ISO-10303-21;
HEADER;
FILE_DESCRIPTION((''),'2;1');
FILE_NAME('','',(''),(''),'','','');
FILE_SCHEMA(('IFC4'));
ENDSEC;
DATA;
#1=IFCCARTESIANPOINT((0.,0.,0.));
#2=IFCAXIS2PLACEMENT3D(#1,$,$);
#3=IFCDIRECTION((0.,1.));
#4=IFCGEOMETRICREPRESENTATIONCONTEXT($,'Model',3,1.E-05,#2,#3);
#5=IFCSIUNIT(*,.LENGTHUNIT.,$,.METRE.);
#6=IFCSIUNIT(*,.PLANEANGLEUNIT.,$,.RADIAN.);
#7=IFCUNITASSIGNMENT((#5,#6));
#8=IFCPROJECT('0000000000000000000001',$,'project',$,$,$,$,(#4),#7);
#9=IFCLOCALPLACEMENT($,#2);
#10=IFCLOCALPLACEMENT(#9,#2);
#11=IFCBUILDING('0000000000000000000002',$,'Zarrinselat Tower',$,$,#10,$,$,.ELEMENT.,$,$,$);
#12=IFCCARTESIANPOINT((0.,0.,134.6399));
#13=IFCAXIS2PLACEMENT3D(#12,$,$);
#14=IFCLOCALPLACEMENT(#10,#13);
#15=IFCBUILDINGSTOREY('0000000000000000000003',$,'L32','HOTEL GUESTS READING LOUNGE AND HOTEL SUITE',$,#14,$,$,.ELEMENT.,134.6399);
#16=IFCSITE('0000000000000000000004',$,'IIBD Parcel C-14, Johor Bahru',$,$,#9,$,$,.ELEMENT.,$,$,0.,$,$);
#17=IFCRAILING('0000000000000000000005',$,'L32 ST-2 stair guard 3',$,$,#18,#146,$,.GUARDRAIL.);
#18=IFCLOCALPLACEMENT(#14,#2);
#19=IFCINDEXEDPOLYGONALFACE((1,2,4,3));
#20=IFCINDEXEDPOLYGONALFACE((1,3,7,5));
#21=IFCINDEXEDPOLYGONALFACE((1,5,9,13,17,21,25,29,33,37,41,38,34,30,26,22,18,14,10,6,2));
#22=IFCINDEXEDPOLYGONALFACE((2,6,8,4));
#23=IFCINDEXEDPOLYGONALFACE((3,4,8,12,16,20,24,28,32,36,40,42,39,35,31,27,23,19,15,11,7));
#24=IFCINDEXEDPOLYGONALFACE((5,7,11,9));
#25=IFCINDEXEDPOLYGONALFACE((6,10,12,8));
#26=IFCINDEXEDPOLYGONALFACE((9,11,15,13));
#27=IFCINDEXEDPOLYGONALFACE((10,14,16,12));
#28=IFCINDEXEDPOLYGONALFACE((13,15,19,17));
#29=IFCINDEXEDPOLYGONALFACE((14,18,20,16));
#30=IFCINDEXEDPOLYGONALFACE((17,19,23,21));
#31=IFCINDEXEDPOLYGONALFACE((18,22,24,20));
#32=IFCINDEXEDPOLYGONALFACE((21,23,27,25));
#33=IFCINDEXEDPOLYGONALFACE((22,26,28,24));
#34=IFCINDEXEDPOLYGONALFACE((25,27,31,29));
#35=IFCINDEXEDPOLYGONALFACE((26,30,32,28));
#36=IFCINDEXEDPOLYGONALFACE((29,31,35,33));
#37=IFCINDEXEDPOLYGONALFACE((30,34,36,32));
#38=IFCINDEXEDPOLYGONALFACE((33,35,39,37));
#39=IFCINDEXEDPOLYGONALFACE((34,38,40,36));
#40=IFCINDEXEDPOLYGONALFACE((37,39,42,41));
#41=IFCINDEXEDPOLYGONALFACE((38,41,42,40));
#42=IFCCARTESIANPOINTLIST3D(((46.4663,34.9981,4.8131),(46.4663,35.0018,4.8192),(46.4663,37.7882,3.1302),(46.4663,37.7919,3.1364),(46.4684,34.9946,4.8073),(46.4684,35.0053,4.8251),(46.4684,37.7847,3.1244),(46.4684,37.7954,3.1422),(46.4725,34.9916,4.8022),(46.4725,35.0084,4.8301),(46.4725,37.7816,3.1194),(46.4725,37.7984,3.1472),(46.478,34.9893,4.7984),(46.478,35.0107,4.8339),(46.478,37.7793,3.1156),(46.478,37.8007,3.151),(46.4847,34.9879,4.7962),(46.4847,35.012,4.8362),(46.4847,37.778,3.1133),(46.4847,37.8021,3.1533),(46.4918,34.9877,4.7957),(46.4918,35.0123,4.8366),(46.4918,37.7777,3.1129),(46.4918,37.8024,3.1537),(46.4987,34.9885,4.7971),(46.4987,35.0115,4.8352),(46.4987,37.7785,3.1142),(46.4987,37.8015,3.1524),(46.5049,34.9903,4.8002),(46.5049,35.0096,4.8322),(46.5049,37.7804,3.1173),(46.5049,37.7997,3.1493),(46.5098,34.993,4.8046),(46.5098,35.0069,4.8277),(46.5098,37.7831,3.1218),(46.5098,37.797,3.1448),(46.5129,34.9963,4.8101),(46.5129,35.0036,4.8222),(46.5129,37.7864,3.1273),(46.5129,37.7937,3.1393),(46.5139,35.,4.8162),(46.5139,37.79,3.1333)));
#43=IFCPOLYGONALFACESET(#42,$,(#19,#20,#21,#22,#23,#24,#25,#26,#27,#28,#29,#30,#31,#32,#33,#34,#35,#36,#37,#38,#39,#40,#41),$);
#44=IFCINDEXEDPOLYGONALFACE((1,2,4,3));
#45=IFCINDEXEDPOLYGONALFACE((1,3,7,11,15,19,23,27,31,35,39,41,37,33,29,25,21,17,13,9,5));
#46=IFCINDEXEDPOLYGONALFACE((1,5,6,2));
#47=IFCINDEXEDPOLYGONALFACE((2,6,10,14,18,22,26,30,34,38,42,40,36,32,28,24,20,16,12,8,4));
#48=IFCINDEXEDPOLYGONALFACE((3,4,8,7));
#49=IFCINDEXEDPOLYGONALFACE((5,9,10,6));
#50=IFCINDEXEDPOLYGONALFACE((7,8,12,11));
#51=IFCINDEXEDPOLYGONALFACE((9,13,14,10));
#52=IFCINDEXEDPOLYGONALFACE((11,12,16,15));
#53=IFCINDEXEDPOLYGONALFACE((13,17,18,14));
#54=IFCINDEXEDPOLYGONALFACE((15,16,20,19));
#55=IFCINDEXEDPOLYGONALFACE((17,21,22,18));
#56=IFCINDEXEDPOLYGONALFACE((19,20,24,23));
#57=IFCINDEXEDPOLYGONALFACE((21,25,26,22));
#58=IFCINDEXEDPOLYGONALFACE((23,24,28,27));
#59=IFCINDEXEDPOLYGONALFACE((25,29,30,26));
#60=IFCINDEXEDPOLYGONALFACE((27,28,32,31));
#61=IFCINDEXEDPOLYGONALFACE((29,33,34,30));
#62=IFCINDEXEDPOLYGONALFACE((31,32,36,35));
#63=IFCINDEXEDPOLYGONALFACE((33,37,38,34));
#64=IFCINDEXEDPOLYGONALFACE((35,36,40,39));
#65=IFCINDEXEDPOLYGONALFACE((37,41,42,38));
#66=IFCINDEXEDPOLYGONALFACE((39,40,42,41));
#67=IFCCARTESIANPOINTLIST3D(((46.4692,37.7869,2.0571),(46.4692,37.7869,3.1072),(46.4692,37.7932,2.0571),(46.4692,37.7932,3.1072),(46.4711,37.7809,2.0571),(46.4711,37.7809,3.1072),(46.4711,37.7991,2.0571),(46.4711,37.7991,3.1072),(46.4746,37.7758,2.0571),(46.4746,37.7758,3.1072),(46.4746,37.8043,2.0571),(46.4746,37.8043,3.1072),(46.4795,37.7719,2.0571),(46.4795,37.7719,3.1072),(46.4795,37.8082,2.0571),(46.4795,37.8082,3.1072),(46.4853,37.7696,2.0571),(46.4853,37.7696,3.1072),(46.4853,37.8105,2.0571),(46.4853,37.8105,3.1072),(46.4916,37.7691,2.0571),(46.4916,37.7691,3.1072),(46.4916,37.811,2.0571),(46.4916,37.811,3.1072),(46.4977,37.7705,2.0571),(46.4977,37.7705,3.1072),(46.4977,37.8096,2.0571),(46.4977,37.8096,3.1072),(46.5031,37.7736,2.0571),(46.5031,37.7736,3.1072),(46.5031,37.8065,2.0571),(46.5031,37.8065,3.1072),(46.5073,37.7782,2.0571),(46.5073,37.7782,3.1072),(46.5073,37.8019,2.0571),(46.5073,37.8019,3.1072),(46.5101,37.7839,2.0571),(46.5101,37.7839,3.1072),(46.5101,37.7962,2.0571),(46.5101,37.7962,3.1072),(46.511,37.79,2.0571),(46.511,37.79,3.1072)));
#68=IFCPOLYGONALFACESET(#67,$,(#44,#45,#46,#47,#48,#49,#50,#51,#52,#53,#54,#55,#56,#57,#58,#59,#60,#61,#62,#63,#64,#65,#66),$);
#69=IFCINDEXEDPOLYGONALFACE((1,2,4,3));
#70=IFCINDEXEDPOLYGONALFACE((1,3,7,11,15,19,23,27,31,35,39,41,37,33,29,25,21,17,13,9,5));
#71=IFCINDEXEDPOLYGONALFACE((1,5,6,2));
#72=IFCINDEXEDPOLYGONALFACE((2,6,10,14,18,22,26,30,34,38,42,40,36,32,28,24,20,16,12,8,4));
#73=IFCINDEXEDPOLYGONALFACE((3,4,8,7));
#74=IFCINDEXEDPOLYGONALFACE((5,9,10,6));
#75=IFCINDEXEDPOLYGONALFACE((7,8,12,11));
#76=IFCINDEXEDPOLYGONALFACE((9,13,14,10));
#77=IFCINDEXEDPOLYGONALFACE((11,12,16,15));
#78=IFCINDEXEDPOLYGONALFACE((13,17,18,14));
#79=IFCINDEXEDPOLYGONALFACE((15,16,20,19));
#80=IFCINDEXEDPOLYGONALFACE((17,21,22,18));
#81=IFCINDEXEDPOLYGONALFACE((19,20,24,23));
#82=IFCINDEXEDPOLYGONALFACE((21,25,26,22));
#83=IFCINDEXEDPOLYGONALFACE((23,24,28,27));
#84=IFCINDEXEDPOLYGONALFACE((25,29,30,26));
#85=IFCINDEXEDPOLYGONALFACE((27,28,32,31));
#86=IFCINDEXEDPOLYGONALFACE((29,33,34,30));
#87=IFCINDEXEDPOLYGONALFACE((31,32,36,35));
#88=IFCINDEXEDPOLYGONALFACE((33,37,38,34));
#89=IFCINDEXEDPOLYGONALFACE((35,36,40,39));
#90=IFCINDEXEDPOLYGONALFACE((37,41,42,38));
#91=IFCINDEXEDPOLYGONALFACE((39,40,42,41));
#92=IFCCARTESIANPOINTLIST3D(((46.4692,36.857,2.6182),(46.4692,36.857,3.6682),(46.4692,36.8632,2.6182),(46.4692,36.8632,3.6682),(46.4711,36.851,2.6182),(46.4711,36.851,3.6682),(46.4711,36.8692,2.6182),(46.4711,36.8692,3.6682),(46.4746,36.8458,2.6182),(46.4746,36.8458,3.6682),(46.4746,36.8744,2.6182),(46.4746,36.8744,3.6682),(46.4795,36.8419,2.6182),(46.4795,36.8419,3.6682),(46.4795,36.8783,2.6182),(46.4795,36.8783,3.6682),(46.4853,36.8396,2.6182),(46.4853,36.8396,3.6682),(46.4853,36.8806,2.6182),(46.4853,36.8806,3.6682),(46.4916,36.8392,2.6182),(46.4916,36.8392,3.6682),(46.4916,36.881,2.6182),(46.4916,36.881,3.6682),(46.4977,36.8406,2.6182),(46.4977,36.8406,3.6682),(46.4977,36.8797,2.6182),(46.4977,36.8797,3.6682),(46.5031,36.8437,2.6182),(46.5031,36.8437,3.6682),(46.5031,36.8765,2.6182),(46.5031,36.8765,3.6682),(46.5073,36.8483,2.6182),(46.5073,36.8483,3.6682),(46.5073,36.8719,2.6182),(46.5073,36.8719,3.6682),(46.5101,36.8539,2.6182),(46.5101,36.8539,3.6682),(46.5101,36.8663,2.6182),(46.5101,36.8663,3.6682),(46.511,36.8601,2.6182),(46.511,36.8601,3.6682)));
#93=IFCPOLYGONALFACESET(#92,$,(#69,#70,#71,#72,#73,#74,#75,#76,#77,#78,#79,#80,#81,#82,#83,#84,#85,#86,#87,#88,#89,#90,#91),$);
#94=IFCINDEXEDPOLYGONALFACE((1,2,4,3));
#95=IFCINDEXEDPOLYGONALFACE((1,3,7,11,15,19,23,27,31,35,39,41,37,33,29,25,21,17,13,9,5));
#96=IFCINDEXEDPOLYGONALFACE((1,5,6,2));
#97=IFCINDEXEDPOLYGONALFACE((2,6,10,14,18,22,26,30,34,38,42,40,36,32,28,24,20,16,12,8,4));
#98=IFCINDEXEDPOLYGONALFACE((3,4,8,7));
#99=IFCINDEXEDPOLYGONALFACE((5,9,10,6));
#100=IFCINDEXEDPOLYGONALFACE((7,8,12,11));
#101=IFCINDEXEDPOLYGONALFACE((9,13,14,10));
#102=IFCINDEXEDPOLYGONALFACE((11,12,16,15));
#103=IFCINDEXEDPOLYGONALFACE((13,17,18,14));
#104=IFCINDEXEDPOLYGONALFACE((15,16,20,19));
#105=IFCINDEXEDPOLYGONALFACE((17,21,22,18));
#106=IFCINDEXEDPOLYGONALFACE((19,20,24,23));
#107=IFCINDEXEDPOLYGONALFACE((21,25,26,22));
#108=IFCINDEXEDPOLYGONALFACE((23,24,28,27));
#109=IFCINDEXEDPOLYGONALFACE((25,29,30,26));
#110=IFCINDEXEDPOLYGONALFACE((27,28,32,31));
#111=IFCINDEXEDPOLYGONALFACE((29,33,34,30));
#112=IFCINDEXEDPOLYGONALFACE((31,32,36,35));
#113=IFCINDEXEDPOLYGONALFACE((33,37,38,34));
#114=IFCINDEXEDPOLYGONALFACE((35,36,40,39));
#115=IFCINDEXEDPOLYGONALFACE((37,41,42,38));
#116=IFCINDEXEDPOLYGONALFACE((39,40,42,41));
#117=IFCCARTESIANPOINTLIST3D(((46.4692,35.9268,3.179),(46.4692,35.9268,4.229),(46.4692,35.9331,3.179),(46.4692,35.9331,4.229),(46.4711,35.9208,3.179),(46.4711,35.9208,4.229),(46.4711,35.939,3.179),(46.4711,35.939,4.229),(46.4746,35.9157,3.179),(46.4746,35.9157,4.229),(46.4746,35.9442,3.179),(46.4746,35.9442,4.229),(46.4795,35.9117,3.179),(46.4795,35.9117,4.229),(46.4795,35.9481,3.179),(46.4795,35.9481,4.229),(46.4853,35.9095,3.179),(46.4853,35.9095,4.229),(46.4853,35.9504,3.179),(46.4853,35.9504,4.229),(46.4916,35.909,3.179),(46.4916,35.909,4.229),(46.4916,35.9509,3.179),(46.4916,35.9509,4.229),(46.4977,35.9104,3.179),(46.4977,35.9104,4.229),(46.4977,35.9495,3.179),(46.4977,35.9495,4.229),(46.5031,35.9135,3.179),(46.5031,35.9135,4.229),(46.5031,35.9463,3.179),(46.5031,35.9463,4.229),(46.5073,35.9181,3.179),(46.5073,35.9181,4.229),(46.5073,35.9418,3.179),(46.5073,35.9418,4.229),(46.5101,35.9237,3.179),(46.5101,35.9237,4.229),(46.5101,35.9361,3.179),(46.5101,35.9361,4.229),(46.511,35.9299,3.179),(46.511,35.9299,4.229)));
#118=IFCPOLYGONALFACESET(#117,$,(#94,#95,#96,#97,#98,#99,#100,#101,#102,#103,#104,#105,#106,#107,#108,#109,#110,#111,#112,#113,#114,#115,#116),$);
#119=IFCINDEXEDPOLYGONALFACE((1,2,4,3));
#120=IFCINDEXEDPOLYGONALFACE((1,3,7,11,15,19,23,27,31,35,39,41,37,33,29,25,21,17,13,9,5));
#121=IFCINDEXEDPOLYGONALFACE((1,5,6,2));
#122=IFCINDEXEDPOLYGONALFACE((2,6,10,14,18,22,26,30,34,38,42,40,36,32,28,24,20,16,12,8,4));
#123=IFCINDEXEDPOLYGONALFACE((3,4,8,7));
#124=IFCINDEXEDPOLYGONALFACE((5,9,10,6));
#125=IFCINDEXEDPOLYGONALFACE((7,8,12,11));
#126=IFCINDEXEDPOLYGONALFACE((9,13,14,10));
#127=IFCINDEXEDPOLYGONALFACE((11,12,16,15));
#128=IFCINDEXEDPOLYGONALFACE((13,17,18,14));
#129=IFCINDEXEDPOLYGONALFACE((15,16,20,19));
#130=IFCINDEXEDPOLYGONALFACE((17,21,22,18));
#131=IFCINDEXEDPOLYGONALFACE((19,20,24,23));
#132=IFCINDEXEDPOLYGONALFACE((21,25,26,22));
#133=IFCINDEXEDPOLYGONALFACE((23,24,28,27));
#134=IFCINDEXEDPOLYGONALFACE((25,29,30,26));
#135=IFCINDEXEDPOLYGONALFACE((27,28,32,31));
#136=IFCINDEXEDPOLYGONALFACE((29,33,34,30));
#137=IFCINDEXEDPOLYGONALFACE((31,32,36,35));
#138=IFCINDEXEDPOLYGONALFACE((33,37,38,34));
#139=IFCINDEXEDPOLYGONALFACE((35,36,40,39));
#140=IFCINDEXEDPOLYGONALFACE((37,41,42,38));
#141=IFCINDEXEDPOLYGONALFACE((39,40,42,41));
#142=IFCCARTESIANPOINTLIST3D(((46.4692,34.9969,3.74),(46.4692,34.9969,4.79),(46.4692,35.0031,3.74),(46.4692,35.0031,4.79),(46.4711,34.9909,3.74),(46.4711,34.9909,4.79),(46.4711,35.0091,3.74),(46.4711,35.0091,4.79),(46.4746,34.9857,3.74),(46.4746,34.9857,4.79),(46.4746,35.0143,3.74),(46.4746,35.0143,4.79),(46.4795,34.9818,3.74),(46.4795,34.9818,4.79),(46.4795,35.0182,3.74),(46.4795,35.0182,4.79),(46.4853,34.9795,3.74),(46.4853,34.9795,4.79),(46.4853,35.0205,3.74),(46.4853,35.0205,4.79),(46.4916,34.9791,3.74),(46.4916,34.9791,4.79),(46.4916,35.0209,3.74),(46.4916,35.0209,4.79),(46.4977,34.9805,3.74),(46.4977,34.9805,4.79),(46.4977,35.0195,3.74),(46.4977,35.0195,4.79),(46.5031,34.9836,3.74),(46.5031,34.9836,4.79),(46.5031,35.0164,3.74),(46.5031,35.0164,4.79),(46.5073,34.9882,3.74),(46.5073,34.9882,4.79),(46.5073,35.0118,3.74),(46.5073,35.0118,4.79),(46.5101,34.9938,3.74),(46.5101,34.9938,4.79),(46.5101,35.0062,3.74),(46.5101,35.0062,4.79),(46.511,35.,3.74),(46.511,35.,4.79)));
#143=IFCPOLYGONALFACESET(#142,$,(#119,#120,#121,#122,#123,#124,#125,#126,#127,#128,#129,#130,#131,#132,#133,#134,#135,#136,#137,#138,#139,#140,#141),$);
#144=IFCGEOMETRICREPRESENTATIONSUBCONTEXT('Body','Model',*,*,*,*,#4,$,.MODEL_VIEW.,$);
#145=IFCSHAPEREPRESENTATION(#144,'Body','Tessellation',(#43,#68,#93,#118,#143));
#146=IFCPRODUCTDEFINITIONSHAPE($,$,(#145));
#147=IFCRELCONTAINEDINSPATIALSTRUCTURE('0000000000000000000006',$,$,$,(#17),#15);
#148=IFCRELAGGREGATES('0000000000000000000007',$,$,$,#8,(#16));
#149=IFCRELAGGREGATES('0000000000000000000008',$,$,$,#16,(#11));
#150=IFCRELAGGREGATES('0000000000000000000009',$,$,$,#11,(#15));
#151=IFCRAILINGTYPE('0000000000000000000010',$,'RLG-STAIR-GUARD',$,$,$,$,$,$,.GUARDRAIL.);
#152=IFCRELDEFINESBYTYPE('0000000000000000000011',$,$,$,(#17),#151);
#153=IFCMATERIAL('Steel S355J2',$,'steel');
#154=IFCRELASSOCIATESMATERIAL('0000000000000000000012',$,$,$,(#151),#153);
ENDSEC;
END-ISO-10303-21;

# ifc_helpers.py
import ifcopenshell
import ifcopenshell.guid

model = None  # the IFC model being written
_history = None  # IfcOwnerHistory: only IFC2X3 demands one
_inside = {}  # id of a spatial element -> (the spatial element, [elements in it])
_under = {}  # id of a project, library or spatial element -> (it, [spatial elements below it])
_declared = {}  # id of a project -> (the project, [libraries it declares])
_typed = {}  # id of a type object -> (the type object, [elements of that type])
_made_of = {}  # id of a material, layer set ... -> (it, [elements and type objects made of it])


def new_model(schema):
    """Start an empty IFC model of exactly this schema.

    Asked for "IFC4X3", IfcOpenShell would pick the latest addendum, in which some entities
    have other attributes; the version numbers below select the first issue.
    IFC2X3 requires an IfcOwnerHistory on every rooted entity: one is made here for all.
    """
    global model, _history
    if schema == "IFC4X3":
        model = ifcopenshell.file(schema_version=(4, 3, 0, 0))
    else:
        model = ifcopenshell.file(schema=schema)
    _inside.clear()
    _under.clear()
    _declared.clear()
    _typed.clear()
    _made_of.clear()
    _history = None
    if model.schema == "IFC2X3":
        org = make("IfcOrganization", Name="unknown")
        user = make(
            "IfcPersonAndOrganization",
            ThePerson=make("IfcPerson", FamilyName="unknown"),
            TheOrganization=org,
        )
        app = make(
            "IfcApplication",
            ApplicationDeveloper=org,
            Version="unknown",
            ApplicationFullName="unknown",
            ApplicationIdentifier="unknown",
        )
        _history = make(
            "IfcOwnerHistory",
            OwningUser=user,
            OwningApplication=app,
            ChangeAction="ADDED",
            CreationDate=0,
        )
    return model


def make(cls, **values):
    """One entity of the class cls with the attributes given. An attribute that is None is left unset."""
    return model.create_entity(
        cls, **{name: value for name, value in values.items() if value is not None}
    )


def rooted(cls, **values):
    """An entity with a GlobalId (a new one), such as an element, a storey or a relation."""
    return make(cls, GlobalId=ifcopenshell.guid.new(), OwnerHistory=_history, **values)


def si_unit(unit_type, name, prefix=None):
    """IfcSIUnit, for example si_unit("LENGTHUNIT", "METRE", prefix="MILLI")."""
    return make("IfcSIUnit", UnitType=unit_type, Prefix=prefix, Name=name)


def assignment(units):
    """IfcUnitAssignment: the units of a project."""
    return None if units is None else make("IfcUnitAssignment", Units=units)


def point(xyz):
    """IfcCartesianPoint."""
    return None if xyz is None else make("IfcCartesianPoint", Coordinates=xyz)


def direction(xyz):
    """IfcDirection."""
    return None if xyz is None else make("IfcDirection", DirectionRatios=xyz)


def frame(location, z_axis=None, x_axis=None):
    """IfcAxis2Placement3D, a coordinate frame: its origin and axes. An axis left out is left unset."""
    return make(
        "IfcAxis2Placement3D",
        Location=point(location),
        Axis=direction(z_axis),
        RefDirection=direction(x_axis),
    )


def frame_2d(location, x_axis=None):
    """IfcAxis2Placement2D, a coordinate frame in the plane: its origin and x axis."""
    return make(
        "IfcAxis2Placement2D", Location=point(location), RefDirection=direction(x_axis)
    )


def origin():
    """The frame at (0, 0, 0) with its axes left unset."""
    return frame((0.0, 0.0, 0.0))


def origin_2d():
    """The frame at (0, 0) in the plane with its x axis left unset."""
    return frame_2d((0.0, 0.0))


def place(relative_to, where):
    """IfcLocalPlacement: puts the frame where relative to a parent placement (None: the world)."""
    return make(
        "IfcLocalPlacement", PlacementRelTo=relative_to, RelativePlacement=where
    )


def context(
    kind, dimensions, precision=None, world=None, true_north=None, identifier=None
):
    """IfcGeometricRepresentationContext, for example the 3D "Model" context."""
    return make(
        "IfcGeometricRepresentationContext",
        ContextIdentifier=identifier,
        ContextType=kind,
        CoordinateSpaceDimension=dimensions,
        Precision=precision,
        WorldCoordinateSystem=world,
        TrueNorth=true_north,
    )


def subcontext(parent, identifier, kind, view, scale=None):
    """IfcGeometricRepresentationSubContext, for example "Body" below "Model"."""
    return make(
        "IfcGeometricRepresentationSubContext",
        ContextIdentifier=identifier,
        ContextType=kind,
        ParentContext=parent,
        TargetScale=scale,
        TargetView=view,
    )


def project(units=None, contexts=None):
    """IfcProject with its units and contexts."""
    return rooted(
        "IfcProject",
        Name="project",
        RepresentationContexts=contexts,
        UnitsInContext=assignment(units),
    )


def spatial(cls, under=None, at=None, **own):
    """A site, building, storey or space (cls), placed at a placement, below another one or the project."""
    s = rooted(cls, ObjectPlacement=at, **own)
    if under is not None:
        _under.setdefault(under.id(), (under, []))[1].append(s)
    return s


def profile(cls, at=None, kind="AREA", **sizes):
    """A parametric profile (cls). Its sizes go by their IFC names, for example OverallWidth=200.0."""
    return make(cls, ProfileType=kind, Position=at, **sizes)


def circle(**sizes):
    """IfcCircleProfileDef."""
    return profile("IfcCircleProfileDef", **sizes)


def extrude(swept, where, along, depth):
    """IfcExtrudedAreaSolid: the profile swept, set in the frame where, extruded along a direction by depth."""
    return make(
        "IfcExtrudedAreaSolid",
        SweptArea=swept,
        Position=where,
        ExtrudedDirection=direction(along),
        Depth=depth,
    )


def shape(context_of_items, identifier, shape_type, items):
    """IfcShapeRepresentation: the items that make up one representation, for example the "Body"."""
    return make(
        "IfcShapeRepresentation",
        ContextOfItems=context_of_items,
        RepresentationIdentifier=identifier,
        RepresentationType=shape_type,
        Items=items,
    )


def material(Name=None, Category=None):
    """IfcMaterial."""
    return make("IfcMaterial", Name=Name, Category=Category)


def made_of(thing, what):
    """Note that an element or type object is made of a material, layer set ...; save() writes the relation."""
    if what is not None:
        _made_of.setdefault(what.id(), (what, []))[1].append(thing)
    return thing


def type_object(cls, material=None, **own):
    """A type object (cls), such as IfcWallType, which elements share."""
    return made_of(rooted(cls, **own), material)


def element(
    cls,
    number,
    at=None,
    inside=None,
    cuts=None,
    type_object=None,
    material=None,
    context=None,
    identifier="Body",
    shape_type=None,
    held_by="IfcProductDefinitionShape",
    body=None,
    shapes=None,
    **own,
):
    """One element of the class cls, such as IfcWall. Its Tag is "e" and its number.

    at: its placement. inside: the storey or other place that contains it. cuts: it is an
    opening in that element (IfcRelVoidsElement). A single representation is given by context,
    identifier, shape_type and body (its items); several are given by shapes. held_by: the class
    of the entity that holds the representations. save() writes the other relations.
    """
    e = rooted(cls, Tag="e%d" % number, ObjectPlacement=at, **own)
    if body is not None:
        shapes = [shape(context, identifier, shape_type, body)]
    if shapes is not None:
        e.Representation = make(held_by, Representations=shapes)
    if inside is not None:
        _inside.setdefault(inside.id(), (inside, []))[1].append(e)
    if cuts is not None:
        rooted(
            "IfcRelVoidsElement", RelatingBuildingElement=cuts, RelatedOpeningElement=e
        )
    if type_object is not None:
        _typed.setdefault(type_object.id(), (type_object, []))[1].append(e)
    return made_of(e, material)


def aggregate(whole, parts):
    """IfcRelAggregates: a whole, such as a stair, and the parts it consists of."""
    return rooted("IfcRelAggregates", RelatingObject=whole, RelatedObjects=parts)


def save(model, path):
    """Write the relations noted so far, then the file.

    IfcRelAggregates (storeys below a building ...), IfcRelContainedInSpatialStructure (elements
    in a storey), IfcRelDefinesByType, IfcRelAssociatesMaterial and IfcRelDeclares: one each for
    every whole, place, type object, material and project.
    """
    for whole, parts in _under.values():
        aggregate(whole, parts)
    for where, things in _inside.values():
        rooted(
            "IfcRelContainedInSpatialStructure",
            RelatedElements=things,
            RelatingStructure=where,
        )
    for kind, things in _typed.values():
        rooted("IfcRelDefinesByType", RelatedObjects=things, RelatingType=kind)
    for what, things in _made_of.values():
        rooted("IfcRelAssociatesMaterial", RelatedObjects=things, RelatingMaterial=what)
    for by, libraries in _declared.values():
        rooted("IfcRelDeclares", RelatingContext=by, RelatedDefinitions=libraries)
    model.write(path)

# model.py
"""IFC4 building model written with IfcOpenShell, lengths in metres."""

from ifc_helpers import new_model, si_unit, direction, frame, origin, origin_2d, place, context, subcontext, project, spatial, circle, extrude, material, type_object, element, save


model = new_model("IFC4")

# Units and contexts
model_context = context("Model", 3, precision=1e-05, world=origin(), true_north=direction((0.0, 1.0)))
body_context = subcontext(model_context, "Body", "Model", "MODEL_VIEW")
ifc_project = project(units=[si_unit("LENGTHUNIT", "METRE"), si_unit("PLANEANGLEUNIT", "RADIAN")], contexts=[model_context])

# Site, building, storey
site_placement = place(None, origin())
site = spatial("IfcSite", under=ifc_project, at=site_placement, Name="IIBD Parcel C-14, Johor Bahru", CompositionType="ELEMENT", RefElevation=0.0)
building_placement = place(site_placement, origin())
building = spatial("IfcBuilding", under=site, at=building_placement, Name="Zarrinselat Tower", CompositionType="ELEMENT")
storey_placement = place(building_placement, frame((0.0, 0.0, 134.6399)))
storey = spatial("IfcBuildingStorey", under=building, at=storey_placement, Name="L32", Description="HOTEL GUESTS READING LOUNGE AND HOTEL SUITE", CompositionType="ELEMENT", Elevation=134.6399)

# Railing
ifc_material_1 = material(Name="Steel S355J2", Category="steel")
railing_type_1 = type_object("IfcRailingType", Name="RLG-STAIR-GUARD", PredefinedType="GUARDRAIL", material=ifc_material_1)
railing_1_placement = place(storey_placement, frame((46.49, 37.79, 2.0571)))
element("IfcRailing", 1, at=railing_1_placement, inside=storey, type_object=railing_type_1, Name="L32 ST-2 stair guard 3", PredefinedType="GUARDRAIL", context=body_context, shape_type="SweptSolid", body=[
    extrude(circle(Radius=0.0239, at=origin_2d()), frame((0.0, 0.0, 1.0762), z_axis=(0.0, -0.856294, 0.516489), x_axis=(1.0, 0.0, 0.0)), (0.0, 0.0, 1.0), 3.2583),
    extrude(circle(Radius=0.021, at=origin_2d()), origin(), (0.0, 0.0, 1.0), 1.05),
    extrude(circle(Radius=0.021, at=origin_2d()), frame((0.0, -0.9299, 0.561)), (0.0, 0.0, 1.0), 1.05),
    extrude(circle(Radius=0.021, at=origin_2d()), frame((0.0, -1.8601, 1.1218)), (0.0, 0.0, 1.0), 1.05),
    extrude(circle(Radius=0.021, at=origin_2d()), frame((0.0, -2.79, 1.6829)), (0.0, 0.0, 1.0), 1.05),
])

save(model, "model.ifc")
